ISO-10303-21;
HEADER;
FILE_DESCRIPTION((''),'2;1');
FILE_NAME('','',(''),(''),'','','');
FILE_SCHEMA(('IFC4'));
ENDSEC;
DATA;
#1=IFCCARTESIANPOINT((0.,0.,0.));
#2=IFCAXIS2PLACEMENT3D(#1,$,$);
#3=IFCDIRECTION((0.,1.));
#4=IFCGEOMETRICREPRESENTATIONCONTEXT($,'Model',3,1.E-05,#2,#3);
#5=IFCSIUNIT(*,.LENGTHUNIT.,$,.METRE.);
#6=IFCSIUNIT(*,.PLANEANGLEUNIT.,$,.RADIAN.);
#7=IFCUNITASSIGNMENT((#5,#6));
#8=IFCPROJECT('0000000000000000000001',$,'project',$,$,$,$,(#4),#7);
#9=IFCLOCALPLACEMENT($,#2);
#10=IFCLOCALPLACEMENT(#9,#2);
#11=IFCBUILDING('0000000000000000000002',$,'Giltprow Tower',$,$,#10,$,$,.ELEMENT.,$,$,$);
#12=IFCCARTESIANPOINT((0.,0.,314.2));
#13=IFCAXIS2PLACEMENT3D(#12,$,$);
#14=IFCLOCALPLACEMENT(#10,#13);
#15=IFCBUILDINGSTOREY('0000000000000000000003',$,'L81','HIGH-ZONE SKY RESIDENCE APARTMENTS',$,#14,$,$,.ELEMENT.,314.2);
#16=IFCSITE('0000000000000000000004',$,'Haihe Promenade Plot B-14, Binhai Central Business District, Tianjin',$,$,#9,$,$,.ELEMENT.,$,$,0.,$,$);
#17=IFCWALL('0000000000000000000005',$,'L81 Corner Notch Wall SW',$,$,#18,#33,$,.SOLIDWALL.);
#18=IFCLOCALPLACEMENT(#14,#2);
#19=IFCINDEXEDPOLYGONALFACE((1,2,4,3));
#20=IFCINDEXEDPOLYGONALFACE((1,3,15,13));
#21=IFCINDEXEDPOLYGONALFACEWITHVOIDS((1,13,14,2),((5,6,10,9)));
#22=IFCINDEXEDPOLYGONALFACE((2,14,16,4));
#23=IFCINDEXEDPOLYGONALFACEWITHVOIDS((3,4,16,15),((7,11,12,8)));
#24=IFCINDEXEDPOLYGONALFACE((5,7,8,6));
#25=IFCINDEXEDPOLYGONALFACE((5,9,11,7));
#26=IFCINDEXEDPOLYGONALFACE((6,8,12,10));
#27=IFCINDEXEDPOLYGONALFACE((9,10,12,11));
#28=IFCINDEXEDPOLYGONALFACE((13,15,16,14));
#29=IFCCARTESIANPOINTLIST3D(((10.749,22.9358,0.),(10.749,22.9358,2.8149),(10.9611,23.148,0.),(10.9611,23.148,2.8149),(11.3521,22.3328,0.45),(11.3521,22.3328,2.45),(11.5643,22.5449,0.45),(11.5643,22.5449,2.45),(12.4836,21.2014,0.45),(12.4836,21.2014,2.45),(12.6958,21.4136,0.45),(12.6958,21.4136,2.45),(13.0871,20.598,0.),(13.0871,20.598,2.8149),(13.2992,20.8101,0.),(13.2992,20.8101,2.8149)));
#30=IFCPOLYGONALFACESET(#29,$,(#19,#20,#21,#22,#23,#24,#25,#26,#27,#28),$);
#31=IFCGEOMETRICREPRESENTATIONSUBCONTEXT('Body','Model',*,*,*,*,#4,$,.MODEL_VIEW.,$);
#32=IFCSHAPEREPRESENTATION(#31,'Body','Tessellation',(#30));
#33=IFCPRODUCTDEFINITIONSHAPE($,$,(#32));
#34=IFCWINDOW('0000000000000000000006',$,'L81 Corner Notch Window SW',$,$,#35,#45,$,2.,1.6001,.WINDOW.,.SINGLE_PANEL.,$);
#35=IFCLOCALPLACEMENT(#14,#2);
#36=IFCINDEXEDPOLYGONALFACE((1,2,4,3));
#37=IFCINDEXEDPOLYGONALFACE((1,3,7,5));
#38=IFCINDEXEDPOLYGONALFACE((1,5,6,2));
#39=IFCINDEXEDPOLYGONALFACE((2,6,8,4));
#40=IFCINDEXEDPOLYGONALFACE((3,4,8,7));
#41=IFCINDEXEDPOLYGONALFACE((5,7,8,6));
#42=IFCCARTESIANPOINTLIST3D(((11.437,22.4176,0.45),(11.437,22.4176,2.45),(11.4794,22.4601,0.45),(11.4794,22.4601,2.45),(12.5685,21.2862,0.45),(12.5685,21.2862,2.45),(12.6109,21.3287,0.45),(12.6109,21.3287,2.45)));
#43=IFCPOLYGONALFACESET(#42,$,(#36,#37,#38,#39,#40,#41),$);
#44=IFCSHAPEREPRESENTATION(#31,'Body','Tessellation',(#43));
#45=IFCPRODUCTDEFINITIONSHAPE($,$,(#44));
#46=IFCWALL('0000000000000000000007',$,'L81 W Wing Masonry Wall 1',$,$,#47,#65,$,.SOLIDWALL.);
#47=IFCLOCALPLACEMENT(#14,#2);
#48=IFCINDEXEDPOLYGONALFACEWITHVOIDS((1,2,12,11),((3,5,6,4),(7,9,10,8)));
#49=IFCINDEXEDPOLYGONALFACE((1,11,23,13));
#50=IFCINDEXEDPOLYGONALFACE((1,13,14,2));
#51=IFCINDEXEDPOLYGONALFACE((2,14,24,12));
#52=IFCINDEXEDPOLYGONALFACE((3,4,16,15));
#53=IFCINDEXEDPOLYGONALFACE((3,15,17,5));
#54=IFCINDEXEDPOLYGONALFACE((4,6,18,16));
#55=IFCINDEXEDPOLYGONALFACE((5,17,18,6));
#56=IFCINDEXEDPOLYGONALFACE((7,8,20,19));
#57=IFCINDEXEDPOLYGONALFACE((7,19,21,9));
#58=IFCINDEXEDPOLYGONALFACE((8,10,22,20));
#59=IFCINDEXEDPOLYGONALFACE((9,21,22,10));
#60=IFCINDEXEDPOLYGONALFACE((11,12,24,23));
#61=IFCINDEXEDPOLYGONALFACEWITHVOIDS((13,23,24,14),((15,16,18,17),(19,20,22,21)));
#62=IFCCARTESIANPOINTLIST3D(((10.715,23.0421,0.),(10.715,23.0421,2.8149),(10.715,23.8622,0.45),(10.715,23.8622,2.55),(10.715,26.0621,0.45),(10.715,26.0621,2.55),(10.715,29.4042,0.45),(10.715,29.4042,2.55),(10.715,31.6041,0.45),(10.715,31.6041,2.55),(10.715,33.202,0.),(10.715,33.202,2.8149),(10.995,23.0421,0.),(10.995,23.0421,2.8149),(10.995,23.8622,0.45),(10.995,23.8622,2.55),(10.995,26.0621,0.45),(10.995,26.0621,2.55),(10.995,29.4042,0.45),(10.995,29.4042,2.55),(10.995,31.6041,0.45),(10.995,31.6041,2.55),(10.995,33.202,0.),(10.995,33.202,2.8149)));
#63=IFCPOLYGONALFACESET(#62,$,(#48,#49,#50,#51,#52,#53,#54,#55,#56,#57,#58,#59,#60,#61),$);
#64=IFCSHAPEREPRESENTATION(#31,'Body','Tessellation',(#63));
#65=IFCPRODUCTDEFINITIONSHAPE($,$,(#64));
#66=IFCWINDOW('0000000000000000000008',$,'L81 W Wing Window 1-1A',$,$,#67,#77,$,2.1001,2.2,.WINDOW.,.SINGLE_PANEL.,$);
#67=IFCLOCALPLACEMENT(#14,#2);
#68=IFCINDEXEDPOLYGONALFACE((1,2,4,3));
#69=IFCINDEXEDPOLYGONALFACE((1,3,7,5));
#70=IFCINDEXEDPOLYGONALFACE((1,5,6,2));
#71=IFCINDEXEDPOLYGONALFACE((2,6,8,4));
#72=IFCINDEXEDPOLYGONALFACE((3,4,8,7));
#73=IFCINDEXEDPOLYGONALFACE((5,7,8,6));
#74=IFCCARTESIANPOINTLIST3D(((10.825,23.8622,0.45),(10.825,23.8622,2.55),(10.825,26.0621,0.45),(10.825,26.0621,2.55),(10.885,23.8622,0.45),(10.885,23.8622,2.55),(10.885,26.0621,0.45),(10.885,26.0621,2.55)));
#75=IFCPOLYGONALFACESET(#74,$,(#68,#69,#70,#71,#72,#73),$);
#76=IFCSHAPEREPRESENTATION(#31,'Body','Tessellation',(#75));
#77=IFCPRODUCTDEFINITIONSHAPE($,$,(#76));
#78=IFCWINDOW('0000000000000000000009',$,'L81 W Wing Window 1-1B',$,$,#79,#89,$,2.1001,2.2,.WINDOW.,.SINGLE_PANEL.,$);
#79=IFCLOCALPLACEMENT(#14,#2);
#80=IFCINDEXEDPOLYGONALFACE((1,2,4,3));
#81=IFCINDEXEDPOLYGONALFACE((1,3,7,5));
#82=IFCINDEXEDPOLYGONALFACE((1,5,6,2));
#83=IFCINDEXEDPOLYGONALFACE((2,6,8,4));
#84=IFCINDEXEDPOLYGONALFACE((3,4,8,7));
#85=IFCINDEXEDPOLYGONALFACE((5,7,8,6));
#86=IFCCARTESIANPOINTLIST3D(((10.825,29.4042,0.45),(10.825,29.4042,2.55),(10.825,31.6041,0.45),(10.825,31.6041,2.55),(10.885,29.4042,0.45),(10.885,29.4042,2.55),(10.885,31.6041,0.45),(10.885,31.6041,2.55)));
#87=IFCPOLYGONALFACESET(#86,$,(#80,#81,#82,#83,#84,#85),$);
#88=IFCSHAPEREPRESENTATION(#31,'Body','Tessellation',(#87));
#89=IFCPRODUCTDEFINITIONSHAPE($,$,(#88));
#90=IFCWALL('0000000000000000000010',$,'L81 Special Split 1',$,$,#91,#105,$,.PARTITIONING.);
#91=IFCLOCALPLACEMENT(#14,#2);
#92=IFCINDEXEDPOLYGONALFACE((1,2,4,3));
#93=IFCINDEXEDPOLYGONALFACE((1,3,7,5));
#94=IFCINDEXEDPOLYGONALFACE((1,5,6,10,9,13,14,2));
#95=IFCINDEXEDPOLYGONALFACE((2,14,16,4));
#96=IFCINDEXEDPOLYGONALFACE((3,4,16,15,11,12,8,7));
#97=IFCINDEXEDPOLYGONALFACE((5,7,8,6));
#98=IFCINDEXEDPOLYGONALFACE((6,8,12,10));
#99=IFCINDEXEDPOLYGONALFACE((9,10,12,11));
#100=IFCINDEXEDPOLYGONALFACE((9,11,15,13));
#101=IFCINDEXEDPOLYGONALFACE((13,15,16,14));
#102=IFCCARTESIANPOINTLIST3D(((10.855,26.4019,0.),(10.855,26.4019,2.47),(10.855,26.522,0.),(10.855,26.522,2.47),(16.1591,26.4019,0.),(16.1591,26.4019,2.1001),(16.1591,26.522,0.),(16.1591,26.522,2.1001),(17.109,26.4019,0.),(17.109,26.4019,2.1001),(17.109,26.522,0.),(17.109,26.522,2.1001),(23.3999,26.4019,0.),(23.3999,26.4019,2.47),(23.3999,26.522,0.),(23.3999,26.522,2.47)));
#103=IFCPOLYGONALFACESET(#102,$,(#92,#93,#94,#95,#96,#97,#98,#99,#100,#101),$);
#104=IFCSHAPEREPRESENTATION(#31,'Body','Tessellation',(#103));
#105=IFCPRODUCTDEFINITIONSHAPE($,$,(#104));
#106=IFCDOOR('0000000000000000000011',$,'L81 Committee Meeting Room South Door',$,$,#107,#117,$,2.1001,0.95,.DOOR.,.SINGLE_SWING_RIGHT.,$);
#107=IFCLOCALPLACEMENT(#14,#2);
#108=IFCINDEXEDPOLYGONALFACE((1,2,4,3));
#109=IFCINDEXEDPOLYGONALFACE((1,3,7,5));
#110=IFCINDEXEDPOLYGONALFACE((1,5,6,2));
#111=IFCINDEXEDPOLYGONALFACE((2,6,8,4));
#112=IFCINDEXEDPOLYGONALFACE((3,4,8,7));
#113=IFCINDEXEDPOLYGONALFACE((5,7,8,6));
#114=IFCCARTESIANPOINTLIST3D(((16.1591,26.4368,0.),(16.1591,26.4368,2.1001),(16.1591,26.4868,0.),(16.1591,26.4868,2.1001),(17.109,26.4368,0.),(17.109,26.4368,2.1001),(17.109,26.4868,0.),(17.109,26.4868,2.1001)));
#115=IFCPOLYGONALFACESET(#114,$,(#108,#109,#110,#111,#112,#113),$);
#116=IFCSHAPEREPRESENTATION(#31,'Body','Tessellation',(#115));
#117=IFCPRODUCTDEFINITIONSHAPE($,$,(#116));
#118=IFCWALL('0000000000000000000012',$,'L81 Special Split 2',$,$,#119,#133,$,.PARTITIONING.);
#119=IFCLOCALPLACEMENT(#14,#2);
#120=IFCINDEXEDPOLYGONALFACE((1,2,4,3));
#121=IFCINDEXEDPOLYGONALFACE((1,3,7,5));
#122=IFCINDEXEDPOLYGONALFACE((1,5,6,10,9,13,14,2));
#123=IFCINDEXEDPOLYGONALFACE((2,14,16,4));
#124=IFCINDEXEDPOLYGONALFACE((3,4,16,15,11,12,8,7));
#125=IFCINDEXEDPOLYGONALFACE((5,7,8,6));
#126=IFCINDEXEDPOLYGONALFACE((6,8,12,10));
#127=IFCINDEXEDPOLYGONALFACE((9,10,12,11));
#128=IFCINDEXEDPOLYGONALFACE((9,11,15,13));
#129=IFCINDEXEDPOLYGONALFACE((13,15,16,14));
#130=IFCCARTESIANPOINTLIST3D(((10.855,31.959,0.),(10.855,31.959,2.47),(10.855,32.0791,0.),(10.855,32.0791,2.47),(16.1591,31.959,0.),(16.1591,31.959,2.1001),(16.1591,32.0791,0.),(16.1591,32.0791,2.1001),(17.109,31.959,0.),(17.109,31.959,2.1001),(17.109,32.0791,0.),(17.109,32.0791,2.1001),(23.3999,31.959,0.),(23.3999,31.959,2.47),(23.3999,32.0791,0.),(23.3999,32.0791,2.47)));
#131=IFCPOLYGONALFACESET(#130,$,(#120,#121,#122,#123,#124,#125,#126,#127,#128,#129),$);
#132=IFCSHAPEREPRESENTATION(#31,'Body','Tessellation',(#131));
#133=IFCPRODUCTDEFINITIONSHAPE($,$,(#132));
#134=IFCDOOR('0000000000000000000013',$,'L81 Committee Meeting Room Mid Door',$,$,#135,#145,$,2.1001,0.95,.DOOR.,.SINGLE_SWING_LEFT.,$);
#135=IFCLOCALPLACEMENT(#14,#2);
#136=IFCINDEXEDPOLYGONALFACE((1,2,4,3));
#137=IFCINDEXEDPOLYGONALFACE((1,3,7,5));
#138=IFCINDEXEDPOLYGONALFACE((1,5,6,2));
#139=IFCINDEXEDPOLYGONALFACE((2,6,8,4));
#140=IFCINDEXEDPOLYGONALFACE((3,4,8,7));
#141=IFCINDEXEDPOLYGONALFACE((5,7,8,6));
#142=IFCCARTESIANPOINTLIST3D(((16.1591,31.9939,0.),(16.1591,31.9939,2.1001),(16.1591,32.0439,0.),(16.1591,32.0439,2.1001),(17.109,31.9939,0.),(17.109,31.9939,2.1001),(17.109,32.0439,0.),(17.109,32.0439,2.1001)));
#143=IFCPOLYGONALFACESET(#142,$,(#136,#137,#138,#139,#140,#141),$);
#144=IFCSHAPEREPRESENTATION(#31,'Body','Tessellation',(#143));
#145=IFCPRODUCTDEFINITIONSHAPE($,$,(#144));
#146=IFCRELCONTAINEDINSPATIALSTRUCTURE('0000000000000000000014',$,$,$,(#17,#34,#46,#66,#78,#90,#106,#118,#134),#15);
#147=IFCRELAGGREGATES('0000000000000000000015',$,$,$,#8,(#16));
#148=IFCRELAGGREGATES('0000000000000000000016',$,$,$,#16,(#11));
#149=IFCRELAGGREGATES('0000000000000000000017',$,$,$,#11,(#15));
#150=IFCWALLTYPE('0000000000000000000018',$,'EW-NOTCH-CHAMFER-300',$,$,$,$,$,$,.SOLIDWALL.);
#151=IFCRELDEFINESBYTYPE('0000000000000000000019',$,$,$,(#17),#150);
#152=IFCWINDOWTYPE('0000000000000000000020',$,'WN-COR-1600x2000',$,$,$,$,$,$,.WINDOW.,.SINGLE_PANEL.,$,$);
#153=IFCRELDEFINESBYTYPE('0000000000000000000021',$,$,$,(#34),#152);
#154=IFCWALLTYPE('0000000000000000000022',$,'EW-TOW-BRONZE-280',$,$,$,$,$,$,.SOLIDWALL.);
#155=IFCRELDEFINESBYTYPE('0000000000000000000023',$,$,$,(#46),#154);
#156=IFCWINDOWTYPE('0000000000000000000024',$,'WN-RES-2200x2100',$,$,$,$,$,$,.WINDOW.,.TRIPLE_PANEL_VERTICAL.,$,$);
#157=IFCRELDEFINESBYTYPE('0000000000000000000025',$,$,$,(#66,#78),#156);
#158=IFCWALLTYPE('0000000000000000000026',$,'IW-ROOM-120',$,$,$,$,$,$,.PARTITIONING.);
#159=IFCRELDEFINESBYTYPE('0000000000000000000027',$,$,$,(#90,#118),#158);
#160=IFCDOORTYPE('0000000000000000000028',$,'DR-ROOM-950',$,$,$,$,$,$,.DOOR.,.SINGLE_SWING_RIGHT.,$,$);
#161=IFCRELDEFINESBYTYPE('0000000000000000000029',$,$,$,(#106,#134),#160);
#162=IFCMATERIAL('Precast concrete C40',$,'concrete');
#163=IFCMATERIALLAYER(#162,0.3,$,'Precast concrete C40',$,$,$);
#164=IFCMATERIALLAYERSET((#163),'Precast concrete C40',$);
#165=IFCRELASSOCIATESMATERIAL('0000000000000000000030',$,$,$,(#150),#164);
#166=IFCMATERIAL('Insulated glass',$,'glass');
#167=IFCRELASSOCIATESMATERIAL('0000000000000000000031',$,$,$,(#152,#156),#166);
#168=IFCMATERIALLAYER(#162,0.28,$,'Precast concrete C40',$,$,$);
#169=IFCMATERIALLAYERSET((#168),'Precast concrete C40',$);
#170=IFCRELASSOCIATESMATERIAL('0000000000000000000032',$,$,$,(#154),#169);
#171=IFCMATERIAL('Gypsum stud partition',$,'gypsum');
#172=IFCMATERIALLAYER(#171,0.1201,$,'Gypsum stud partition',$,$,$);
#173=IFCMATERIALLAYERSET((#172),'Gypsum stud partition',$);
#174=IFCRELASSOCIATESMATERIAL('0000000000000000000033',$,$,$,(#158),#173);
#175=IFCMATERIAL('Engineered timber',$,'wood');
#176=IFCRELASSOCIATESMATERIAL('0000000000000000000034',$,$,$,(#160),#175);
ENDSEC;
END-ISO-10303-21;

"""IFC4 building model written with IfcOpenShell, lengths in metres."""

from ifc_helpers import new_model, si_unit, direction, frame, frame_2d, origin, place, context, subcontext, project, spatial, rectangle, extrude, source, transform, mapped, material, layer, layer_set, type_object, element, fill, save


model = new_model("IFC4")

# Units and contexts
model_context = context("Model", 3, precision=1e-05, world=origin(), true_north=direction((0.0, 1.0)))
body_context = subcontext(model_context, "Body", "Model", "MODEL_VIEW")
ifc_project = project(units=[si_unit("LENGTHUNIT", "METRE"), si_unit("PLANEANGLEUNIT", "RADIAN")], contexts=[model_context])

# Site, building, storey
site_placement = place(None, origin())
site = spatial("IfcSite", under=ifc_project, at=site_placement, Name="Haihe Promenade Plot B-14, Binhai Central Business District, Tianjin", CompositionType="ELEMENT", RefElevation=0.0)
building_placement = place(site_placement, origin())
building = spatial("IfcBuilding", under=site, at=building_placement, Name="Giltprow Tower", CompositionType="ELEMENT")
storey_placement = place(building_placement, frame((0.0, 0.0, 314.2)))
storey = spatial("IfcBuildingStorey", under=building, at=storey_placement, Name="L81", Description="HIGH-ZONE SKY RESIDENCE APARTMENTS", CompositionType="ELEMENT", Elevation=314.2)

# Wall, opening, window
ifc_material_1 = material(Name="Precast concrete C40", Category="concrete")
ifc_layer_1 = layer(ifc_material_1, 0.3, Name="Precast concrete C40")
ifc_layer_set_1 = layer_set([ifc_layer_1], Name="Precast concrete C40")
wall_type_1 = type_object("IfcWallType", Name="EW-NOTCH-CHAMFER-300", PredefinedType="SOLIDWALL", material=ifc_layer_set_1)
wall_1_placement = place(storey_placement, frame((10.855, 23.042, 0.0), z_axis=(0.0, 0.0, 1.0), x_axis=(0.707144, -0.70707, 0.0)))
wall_1 = element("IfcWall", 1, at=wall_1_placement, inside=storey, type_object=wall_type_1, Name="L81 Corner Notch Wall SW", PredefinedType="SOLIDWALL", context=body_context, shape_type="SweptSolid", body=[
    extrude(rectangle(XDim=3.3064, YDim=0.3, at=frame_2d((1.6533, 0.0))), origin(), (0.0, 0.0, 1.0), 2.8149),
])
opening_1_placement = place(wall_1_placement, frame((0.853, 0.0, 0.45)))
opening_1 = element("IfcOpeningElement", 2, at=opening_1_placement, cuts=wall_1, PredefinedType="OPENING", context=body_context, shape_type="SweptSolid", body=[
    extrude(rectangle(XDim=1.6001, YDim=2.0, at=frame_2d((0.8, 1.0))), frame((0.0, 0.1599, 0.0), z_axis=(0.0, -1.0, 0.0), x_axis=(1.0, 0.0, 0.0)), (0.0, 0.0, 1.0), 0.3201),
])
ifc_material_2 = material(Name="Insulated glass", Category="glass")
window_type_1 = type_object("IfcWindowType", Name="WN-COR-1600x2000", PartitioningType="SINGLE_PANEL", PredefinedType="WINDOW", material=ifc_material_2)
shared_shape_1 = source(origin(), body_context, "Body", "SweptSolid", [
    extrude(rectangle(XDim=1.6001, YDim=2.0, at=frame_2d((0.8, 1.0))), frame((0.0, 0.03, 0.0), z_axis=(0.0, -1.0, 0.0), x_axis=(1.0, 0.0, 0.0)), (0.0, 0.0, 1.0), 0.0601),
])
window_1_placement = place(opening_1_placement, origin())
window_1 = element("IfcWindow", 3, at=window_1_placement, inside=storey, type_object=window_type_1, Name="L81 Corner Notch Window SW", OverallHeight=2.0, OverallWidth=1.6001, PartitioningType="SINGLE_PANEL", PredefinedType="WINDOW", context=body_context, shape_type="MappedRepresentation", body=[
    mapped(shared_shape_1, transform((0.0, 0.0, 0.0), x_axis=(1.0, 0.0, 0.0), y_axis=(0.0, 1.0, 0.0), z_axis=(0.0, 0.0, 1.0), scale=1.0)),
])
fill(opening_1, window_1)

# Wall, openings, windows
ifc_layer_2 = layer(ifc_material_1, 0.28, Name="Precast concrete C40")
ifc_layer_set_2 = layer_set([ifc_layer_2], Name="Precast concrete C40")
wall_type_2 = type_object("IfcWallType", Name="EW-TOW-BRONZE-280", PredefinedType="SOLIDWALL", material=ifc_layer_set_2)
wall_2_placement = place(storey_placement, frame((10.855, 23.042, 0.0), z_axis=(0.0, 0.0, 1.0), x_axis=(0.0, 1.0, 0.0)))
wall_2 = element("IfcWall", 4, at=wall_2_placement, inside=storey, type_object=wall_type_2, Name="L81 W Wing Masonry Wall 1", PredefinedType="SOLIDWALL", context=body_context, shape_type="SweptSolid", body=[
    extrude(rectangle(XDim=10.1599, YDim=0.28, at=frame_2d((5.0801, 0.0))), origin(), (0.0, 0.0, 1.0), 2.8149),
])
opening_2_placement = place(wall_2_placement, frame((0.8201, 0.0, 0.45)))
opening_2 = element("IfcOpeningElement", 5, at=opening_2_placement, cuts=wall_2, PredefinedType="OPENING", context=body_context, shape_type="SweptSolid", body=[
    extrude(rectangle(XDim=2.2, YDim=2.1001, at=frame_2d((1.1001, 1.05))), frame((0.0, 0.1499, 0.0), z_axis=(0.0, -1.0, 0.0), x_axis=(1.0, 0.0, 0.0)), (0.0, 0.0, 1.0), 0.3),
])
opening_3_placement = place(wall_2_placement, frame((6.3621, 0.0, 0.45)))
opening_3 = element("IfcOpeningElement", 6, at=opening_3_placement, cuts=wall_2, PredefinedType="OPENING", context=body_context, shape_type="SweptSolid", body=[
    extrude(rectangle(XDim=2.2, YDim=2.1001, at=frame_2d((1.1001, 1.05))), frame((0.0, 0.1499, 0.0), z_axis=(0.0, -1.0, 0.0), x_axis=(1.0, 0.0, 0.0)), (0.0, 0.0, 1.0), 0.3),
])
window_type_2 = type_object("IfcWindowType", Name="WN-RES-2200x2100", PartitioningType="TRIPLE_PANEL_VERTICAL", PredefinedType="WINDOW", material=ifc_material_2)
shared_shape_2 = source(origin(), body_context, "Body", "SweptSolid", [
    extrude(rectangle(XDim=2.2, YDim=2.1001, at=frame_2d((1.1001, 1.05))), frame((0.0, 0.03, 0.0), z_axis=(0.0, -1.0, 0.0), x_axis=(1.0, 0.0, 0.0)), (0.0, 0.0, 1.0), 0.0601),
])
window_2_placement = place(opening_2_placement, origin())
window_2 = element("IfcWindow", 7, at=window_2_placement, inside=storey, type_object=window_type_2, Name="L81 W Wing Window 1-1A", OverallHeight=2.1001, OverallWidth=2.2, PartitioningType="SINGLE_PANEL", PredefinedType="WINDOW", context=body_context, shape_type="MappedRepresentation", body=[
    mapped(shared_shape_2, transform((0.0, 0.0, 0.0), x_axis=(1.0, 0.0, 0.0), y_axis=(0.0, 1.0, 0.0), z_axis=(0.0, 0.0, 1.0), scale=1.0)),
])
fill(opening_2, window_2)
window_3_placement = place(opening_3_placement, origin())
window_3 = element("IfcWindow", 8, at=window_3_placement, inside=storey, type_object=window_type_2, Name="L81 W Wing Window 1-1B", OverallHeight=2.1001, OverallWidth=2.2, PartitioningType="SINGLE_PANEL", PredefinedType="WINDOW", context=body_context, shape_type="MappedRepresentation", body=[
    mapped(shared_shape_2, transform((0.0, 0.0, 0.0), x_axis=(1.0, 0.0, 0.0), y_axis=(0.0, 1.0, 0.0), z_axis=(0.0, 0.0, 1.0), scale=1.0)),
])
fill(opening_3, window_3)

# Walls, openings, doors
ifc_material_3 = material(Name="Gypsum stud partition", Category="gypsum")
ifc_layer_3 = layer(ifc_material_3, 0.1201, Name="Gypsum stud partition")
ifc_layer_set_3 = layer_set([ifc_layer_3], Name="Gypsum stud partition")
wall_type_3 = type_object("IfcWallType", Name="IW-ROOM-120", PredefinedType="PARTITIONING", material=ifc_layer_set_3)
wall_3_placement = place(storey_placement, frame((10.855, 26.4619, 0.0), z_axis=(0.0, 0.0, 1.0), x_axis=(1.0, 0.0, 0.0)))
wall_3 = element("IfcWall", 9, at=wall_3_placement, inside=storey, type_object=wall_type_3, Name="L81 Special Split 1", PredefinedType="PARTITIONING", context=body_context, shape_type="SweptSolid", body=[
    extrude(rectangle(XDim=12.5449, YDim=0.1201, at=frame_2d((6.2725, 0.0))), origin(), (0.0, 0.0, 1.0), 2.47),
])
opening_4_placement = place(wall_3_placement, frame((5.304, 0.0, 0.0)))
opening_4 = element("IfcOpeningElement", 10, at=opening_4_placement, cuts=wall_3, PredefinedType="OPENING", context=body_context, shape_type="SweptSolid", body=[
    extrude(rectangle(XDim=0.95, YDim=2.1001, at=frame_2d((0.4751, 1.05))), frame((0.0, 0.0701, 0.0), z_axis=(0.0, -1.0, 0.0), x_axis=(1.0, 0.0, 0.0)), (0.0, 0.0, 1.0), 0.1401),
])
ifc_material_4 = material(Name="Engineered timber", Category="wood")
door_type = type_object("IfcDoorType", Name="DR-ROOM-950", OperationType="SINGLE_SWING_RIGHT", PredefinedType="DOOR", material=ifc_material_4)
shared_shape_3 = source(origin(), body_context, "Body", "SweptSolid", [
    extrude(rectangle(XDim=0.95, YDim=2.1001, at=frame_2d((0.4751, 1.05))), frame((0.0, 0.0249, 0.0), z_axis=(0.0, -1.0, 0.0), x_axis=(1.0, 0.0, 0.0)), (0.0, 0.0, 1.0), 0.05),
])
door_1_placement = place(opening_4_placement, origin())
door_1 = element("IfcDoor", 11, at=door_1_placement, inside=storey, type_object=door_type, Name="L81 Committee Meeting Room South Door", OperationType="SINGLE_SWING_RIGHT", OverallHeight=2.1001, OverallWidth=0.95, PredefinedType="DOOR", context=body_context, shape_type="MappedRepresentation", body=[
    mapped(shared_shape_3, transform((0.0, 0.0, 0.0), x_axis=(1.0, 0.0, 0.0), y_axis=(0.0, 1.0, 0.0), z_axis=(0.0, 0.0, 1.0), scale=1.0)),
])
fill(opening_4, door_1)
wall_4_placement = place(storey_placement, frame((10.855, 32.019, 0.0), z_axis=(0.0, 0.0, 1.0), x_axis=(1.0, 0.0, 0.0)))
wall_4 = element("IfcWall", 12, at=wall_4_placement, inside=storey, type_object=wall_type_3, Name="L81 Special Split 2", PredefinedType="PARTITIONING", context=body_context, shape_type="SweptSolid", body=[
    extrude(rectangle(XDim=12.5449, YDim=0.1201, at=frame_2d((6.2725, 0.0))), origin(), (0.0, 0.0, 1.0), 2.47),
])
opening_5_placement = place(wall_4_placement, frame((5.304, 0.0, 0.0)))
opening_5 = element("IfcOpeningElement", 13, at=opening_5_placement, cuts=wall_4, PredefinedType="OPENING", context=body_context, shape_type="SweptSolid", body=[
    extrude(rectangle(XDim=0.95, YDim=2.1001, at=frame_2d((0.4751, 1.05))), frame((0.0, 0.0701, 0.0), z_axis=(0.0, -1.0, 0.0), x_axis=(1.0, 0.0, 0.0)), (0.0, 0.0, 1.0), 0.1401),
])
door_2_placement = place(opening_5_placement, origin())
door_2 = element("IfcDoor", 14, at=door_2_placement, inside=storey, type_object=door_type, Name="L81 Committee Meeting Room Mid Door", OperationType="SINGLE_SWING_LEFT", OverallHeight=2.1001, OverallWidth=0.95, PredefinedType="DOOR", context=body_context, shape_type="MappedRepresentation", body=[
    mapped(shared_shape_3, transform((0.0, 0.0, 0.0), x_axis=(1.0, 0.0, 0.0), y_axis=(0.0, 1.0, 0.0), z_axis=(0.0, 0.0, 1.0), scale=1.0)),
])
fill(opening_5, door_2)

save(model, "model.ifc")
